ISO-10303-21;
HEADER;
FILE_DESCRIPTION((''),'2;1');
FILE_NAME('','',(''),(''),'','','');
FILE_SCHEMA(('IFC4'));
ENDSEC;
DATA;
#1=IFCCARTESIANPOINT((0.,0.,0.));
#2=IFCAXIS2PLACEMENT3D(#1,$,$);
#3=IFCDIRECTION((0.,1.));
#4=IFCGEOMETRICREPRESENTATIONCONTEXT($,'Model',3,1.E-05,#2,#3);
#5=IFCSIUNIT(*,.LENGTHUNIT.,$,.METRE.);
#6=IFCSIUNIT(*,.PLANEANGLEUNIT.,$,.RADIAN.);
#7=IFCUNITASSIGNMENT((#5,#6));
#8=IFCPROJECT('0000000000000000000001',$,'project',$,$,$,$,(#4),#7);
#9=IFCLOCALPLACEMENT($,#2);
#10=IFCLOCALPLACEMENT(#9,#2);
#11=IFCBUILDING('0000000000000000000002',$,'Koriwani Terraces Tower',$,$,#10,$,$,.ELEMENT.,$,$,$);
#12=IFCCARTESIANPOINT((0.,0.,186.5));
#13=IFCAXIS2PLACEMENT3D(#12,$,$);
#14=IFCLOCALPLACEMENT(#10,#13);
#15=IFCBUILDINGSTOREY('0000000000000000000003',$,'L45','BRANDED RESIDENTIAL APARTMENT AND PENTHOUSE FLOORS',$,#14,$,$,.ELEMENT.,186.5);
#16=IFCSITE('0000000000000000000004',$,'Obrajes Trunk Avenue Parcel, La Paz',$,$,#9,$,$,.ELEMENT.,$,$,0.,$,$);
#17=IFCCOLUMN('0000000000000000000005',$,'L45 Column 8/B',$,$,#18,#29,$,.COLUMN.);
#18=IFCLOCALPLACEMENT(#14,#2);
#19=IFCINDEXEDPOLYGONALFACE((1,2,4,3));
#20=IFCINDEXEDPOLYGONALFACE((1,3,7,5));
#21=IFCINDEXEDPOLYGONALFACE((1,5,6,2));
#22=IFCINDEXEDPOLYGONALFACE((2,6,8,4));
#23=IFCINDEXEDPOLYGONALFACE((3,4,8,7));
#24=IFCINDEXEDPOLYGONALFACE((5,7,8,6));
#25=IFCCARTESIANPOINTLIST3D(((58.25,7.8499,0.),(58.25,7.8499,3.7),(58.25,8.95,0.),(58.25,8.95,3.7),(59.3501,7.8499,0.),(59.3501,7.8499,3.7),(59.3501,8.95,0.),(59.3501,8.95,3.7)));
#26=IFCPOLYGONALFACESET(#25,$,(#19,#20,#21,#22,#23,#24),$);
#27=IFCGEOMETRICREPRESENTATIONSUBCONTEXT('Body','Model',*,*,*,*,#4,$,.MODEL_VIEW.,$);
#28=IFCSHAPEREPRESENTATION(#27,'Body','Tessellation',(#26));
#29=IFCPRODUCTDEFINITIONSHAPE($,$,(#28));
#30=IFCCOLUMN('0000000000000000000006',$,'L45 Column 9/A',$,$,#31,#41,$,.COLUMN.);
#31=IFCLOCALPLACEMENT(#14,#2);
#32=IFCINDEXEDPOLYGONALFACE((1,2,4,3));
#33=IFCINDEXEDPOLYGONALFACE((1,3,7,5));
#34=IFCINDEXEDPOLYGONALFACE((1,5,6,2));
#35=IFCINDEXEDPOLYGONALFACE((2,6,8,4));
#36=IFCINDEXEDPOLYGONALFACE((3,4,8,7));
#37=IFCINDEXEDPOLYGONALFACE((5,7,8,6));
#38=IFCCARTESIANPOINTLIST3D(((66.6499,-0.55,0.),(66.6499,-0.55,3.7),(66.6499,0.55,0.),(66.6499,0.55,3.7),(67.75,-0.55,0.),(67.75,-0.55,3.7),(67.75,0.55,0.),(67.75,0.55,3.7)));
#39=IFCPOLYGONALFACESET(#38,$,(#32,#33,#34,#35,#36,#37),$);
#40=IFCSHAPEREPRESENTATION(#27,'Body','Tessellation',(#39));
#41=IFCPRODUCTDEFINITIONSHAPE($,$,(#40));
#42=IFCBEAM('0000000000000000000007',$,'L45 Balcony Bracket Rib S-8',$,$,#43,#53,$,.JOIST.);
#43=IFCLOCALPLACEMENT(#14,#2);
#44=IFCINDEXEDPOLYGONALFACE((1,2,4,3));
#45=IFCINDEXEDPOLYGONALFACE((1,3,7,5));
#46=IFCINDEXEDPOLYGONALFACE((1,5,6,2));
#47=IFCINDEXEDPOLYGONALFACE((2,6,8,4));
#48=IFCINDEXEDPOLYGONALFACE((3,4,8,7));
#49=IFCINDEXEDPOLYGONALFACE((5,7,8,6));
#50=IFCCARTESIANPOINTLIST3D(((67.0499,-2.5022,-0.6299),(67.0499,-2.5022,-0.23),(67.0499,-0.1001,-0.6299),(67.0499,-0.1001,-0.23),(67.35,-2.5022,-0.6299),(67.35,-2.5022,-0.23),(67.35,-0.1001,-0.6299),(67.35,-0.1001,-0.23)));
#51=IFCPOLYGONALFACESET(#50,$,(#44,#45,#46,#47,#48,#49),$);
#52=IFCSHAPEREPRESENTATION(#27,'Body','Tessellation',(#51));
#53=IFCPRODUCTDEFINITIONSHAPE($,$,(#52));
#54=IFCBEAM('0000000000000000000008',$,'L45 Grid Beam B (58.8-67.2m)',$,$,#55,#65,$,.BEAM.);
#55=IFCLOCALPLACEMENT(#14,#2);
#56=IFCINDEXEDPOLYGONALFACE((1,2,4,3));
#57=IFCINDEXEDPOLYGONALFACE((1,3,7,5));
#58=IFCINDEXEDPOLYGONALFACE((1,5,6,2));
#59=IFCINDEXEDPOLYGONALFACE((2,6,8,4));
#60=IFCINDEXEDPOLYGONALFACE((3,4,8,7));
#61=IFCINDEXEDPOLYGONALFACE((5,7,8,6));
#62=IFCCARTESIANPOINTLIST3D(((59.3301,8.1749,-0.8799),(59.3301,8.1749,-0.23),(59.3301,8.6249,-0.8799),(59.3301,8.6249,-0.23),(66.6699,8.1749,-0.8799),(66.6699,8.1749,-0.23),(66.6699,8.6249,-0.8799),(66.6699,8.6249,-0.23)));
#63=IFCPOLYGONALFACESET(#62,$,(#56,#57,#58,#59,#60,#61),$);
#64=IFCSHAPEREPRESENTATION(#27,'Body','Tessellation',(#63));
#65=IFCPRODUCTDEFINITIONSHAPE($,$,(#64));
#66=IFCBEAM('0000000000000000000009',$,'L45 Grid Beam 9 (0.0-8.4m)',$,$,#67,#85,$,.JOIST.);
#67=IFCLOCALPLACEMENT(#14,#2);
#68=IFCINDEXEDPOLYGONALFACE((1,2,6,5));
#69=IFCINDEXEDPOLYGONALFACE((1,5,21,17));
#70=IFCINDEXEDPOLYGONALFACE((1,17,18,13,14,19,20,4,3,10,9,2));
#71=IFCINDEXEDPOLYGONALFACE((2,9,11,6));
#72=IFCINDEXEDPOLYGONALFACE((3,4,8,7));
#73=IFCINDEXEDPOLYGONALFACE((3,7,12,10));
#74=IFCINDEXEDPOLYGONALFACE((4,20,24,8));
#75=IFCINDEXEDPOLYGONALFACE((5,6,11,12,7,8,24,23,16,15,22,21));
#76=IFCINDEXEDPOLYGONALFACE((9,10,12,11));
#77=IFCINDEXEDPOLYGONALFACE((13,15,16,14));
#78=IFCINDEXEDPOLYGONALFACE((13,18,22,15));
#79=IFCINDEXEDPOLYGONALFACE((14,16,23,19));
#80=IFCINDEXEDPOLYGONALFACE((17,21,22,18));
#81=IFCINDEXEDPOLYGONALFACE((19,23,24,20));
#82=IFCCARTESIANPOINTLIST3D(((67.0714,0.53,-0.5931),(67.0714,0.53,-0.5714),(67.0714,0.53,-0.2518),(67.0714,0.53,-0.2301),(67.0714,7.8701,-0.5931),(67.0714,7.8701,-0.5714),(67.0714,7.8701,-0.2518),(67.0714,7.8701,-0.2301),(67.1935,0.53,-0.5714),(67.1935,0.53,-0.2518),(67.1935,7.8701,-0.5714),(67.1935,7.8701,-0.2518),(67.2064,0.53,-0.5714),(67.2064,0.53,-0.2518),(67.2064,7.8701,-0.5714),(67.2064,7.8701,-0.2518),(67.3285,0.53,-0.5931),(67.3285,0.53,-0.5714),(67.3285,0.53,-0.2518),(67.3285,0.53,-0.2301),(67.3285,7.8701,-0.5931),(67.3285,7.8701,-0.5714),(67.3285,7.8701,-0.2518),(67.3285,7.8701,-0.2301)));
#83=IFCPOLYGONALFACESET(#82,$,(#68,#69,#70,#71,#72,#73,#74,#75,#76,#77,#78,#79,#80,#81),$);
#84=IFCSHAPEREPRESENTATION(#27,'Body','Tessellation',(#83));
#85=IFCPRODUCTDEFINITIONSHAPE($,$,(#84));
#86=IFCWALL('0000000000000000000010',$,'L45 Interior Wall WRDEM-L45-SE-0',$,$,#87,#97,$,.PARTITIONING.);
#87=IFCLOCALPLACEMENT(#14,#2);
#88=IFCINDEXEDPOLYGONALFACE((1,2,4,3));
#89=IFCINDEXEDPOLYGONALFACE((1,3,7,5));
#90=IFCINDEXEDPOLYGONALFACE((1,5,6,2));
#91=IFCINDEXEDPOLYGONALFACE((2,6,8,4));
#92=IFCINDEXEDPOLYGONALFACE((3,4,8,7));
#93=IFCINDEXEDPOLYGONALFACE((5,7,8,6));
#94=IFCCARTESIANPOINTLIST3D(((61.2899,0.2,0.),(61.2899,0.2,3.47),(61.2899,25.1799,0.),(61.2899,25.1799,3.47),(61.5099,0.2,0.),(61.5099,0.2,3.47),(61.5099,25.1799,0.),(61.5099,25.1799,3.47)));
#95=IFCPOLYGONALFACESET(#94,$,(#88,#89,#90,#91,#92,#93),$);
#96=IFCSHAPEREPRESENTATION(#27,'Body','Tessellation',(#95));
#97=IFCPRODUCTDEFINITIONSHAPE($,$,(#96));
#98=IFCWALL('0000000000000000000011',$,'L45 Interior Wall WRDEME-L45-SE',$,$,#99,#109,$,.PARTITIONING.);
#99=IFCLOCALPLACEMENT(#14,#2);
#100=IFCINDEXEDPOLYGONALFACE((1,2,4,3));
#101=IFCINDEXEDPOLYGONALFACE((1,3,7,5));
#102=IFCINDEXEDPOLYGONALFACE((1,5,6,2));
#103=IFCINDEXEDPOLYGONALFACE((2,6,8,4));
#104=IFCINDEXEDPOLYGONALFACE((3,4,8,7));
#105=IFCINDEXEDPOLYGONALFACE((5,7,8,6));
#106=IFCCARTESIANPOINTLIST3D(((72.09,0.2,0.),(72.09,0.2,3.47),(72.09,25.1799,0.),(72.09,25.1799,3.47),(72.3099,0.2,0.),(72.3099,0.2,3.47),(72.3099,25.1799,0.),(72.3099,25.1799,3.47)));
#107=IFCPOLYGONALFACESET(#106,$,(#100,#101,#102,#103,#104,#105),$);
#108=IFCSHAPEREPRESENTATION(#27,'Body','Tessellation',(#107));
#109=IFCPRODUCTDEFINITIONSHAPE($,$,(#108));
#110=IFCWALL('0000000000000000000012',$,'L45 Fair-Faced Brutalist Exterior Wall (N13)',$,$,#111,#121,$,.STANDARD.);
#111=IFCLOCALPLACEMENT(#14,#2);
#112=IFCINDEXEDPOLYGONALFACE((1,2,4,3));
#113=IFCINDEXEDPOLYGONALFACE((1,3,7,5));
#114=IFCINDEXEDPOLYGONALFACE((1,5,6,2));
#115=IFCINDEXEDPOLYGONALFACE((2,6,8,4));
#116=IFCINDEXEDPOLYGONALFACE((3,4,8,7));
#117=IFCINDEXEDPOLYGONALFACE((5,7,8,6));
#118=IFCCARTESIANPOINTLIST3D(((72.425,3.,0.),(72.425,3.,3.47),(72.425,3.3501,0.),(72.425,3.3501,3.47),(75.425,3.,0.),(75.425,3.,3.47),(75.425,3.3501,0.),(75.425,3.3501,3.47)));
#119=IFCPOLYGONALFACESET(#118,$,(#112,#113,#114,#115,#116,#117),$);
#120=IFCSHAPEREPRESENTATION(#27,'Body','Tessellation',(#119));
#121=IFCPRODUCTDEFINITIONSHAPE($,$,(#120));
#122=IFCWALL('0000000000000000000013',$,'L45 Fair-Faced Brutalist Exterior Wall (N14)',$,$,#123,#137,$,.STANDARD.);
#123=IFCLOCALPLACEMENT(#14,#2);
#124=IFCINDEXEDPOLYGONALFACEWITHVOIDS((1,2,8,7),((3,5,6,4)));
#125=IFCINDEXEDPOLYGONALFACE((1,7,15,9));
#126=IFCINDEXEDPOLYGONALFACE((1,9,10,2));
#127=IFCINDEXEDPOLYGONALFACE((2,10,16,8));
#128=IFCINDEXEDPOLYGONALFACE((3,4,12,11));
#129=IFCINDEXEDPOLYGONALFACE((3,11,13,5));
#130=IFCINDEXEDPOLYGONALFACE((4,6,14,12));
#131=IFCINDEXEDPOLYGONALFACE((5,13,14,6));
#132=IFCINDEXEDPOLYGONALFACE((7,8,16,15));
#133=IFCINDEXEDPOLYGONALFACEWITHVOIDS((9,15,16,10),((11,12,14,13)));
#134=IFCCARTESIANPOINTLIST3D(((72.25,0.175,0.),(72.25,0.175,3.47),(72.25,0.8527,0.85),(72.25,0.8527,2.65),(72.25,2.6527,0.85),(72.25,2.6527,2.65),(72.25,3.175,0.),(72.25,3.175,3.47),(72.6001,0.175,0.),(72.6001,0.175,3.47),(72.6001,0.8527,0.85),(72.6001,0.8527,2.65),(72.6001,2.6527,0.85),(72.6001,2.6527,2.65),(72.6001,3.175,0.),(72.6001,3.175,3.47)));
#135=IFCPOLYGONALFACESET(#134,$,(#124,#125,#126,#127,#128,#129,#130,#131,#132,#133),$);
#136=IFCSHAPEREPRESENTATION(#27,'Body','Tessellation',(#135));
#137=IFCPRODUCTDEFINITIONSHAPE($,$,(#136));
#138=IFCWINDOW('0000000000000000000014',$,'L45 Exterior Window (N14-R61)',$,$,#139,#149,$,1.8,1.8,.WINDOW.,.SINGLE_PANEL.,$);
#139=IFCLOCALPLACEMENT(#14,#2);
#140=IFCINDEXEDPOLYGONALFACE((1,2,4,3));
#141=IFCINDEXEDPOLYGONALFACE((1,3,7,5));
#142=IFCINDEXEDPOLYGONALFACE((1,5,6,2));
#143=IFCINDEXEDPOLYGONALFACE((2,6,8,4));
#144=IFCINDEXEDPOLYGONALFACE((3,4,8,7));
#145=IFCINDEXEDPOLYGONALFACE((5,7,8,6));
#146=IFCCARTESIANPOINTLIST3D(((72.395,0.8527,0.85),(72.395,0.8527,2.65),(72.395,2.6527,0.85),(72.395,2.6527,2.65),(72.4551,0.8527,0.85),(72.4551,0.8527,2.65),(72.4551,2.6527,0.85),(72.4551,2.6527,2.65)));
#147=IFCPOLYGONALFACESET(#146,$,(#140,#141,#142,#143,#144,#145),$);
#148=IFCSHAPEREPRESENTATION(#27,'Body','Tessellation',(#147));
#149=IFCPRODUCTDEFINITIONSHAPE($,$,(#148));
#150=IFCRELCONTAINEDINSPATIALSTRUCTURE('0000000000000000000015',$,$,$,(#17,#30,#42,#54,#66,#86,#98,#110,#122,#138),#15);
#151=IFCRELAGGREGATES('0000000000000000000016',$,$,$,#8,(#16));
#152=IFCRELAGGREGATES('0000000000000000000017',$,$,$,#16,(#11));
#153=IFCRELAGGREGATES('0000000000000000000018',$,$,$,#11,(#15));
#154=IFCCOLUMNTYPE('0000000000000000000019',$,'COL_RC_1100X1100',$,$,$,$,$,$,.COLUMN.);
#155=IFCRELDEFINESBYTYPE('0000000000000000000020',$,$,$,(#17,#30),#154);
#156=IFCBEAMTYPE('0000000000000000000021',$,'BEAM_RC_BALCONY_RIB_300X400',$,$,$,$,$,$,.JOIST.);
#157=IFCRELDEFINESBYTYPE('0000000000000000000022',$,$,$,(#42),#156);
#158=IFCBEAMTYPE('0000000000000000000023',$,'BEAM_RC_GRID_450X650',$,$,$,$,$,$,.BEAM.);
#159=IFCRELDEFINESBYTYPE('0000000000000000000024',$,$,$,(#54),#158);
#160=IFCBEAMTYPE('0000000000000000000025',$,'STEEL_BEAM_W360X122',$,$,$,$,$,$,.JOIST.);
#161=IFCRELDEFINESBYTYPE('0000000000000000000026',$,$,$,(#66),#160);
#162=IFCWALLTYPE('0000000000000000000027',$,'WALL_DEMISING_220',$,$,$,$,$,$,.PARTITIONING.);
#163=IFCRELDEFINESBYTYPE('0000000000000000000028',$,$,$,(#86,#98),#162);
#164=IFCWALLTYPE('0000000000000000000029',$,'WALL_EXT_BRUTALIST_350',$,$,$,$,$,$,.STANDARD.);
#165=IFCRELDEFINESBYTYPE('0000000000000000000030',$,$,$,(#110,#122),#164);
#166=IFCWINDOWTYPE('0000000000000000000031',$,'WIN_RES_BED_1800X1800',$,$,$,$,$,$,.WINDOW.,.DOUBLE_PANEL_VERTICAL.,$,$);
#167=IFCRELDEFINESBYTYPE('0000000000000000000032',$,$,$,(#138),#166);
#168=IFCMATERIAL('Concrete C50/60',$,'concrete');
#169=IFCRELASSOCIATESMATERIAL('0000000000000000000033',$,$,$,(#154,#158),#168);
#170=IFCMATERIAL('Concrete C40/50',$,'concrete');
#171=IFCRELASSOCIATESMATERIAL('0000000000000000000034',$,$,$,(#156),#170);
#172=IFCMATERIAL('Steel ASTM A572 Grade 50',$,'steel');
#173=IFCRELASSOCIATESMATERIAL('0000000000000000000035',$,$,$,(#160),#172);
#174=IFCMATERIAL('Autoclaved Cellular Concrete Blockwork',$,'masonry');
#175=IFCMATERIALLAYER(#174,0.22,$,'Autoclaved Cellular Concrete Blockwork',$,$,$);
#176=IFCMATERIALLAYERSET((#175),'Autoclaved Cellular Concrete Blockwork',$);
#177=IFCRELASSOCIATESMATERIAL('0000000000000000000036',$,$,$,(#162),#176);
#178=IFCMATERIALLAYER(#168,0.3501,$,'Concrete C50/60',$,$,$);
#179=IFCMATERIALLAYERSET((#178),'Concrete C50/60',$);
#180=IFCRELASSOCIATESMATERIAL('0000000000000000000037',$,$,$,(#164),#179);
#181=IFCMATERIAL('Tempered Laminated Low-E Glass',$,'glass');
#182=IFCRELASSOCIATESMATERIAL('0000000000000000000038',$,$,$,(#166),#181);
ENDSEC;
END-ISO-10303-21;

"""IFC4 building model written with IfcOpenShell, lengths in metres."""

from ifc_helpers import new_model, si_unit, direction, frame, frame_2d, origin, origin_2d, place, context, subcontext, project, spatial, rectangle, i_section, extrude, material, layer, layer_set, material_profile, profile_set, type_object, element, fill, save


model = new_model("IFC4")

# Units and contexts
model_context = context("Model", 3, precision=1e-05, world=origin(), true_north=direction((0.0, 1.0)))
body_context = subcontext(model_context, "Body", "Model", "MODEL_VIEW")
ifc_project = project(units=[si_unit("LENGTHUNIT", "METRE"), si_unit("PLANEANGLEUNIT", "RADIAN")], contexts=[model_context])

# Site, building, storey
site_placement = place(None, origin())
site = spatial("IfcSite", under=ifc_project, at=site_placement, Name="Obrajes Trunk Avenue Parcel, La Paz", CompositionType="ELEMENT", RefElevation=0.0)
building_placement = place(site_placement, origin())
building = spatial("IfcBuilding", under=site, at=building_placement, Name="Koriwani Terraces Tower", CompositionType="ELEMENT")
storey_placement = place(building_placement, frame((0.0, 0.0, 186.5)))
storey = spatial("IfcBuildingStorey", under=building, at=storey_placement, Name="L45", Description="BRANDED RESIDENTIAL APARTMENT AND PENTHOUSE FLOORS", CompositionType="ELEMENT", Elevation=186.5)

# Columns
ifc_material_1 = material(Name="Concrete C50/60", Category="concrete")
ifc_material_profile_1 = material_profile(ifc_material_1, rectangle(XDim=1.1001, YDim=1.1001, at=origin_2d()), Name="Concrete C50/60", Category="LoadBearing")
ifc_profile_set_1 = profile_set([ifc_material_profile_1], Name="Concrete C50/60")
column_type = type_object("IfcColumnType", Name="COL_RC_1100X1100", PredefinedType="COLUMN", material=ifc_profile_set_1)
for number, where, z_axis, x_axis, name in (
    (1, (58.8, 8.3999, 0.0), (0.0, 0.0, 1.0), (1.0, 0.0, 0.0), "L45 Column 8/B"),
    (2, (67.2, 0.0, 0.0), (0.0, 0.0, 1.0), (1.0, 0.0, 0.0), "L45 Column 9/A"),
):
    element("IfcColumn", number, at=place(storey_placement, frame(where, z_axis=z_axis, x_axis=x_axis)), inside=storey, type_object=column_type, Name=name, PredefinedType="COLUMN", context=body_context, shape_type="SweptSolid", body=[
        extrude(rectangle(XDim=1.1001, YDim=1.1001, at=origin_2d()), origin(), (0.0, 0.0, 1.0), 3.7),
    ])

# Beams
ifc_material_2 = material(Name="Concrete C40/50", Category="concrete")
ifc_material_profile_2 = material_profile(ifc_material_2, rectangle(XDim=0.3, YDim=0.3999, at=origin_2d()), Name="Concrete C40/50", Category="LoadBearing")
ifc_profile_set_2 = profile_set([ifc_material_profile_2], Name="Concrete C40/50")
beam_type_1 = type_object("IfcBeamType", Name="BEAM_RC_BALCONY_RIB_300X400", PredefinedType="JOIST", material=ifc_profile_set_2)
beam_1_placement = place(storey_placement, frame((67.2, -2.5022, -0.4299), z_axis=(0.0, 1.0, 0.0), x_axis=(-1.0, 0.0, 0.0)))
element("IfcBeam", 3, at=beam_1_placement, inside=storey, type_object=beam_type_1, Name="L45 Balcony Bracket Rib S-8", PredefinedType="JOIST", context=body_context, shape_type="SweptSolid", body=[
    extrude(rectangle(XDim=0.3, YDim=0.3999, at=origin_2d()), origin(), (0.0, 0.0, 1.0), 2.4021),
])
ifc_material_profile_3 = material_profile(ifc_material_1, rectangle(XDim=0.45, YDim=0.6499, at=origin_2d()), Name="Concrete C50/60", Category="LoadBearing")
ifc_profile_set_3 = profile_set([ifc_material_profile_3], Name="Concrete C50/60")
beam_type_2 = type_object("IfcBeamType", Name="BEAM_RC_GRID_450X650", PredefinedType="BEAM", material=ifc_profile_set_3)
beam_2_placement = place(storey_placement, frame((59.3301, 8.3999, -0.5549), z_axis=(1.0, 0.0, 0.0), x_axis=(0.0, 1.0, 0.0)))
element("IfcBeam", 4, at=beam_2_placement, inside=storey, type_object=beam_type_2, Name="L45 Grid Beam B (58.8-67.2m)", PredefinedType="BEAM", context=body_context, shape_type="SweptSolid", body=[
    extrude(rectangle(XDim=0.45, YDim=0.6499, at=origin_2d()), origin(), (0.0, 0.0, 1.0), 7.3398),
])
ifc_material_3 = material(Name="Steel ASTM A572 Grade 50", Category="steel")
ifc_material_profile_4 = material_profile(ifc_material_3, i_section(OverallWidth=0.2571, OverallDepth=0.363, WebThickness=0.0129, FlangeThickness=0.0217, at=origin_2d()), Name="Steel ASTM A572 Grade 50", Category="LoadBearing")
ifc_profile_set_4 = profile_set([ifc_material_profile_4], Name="Steel ASTM A572 Grade 50")
beam_type_3 = type_object("IfcBeamType", Name="STEEL_BEAM_W360X122", PredefinedType="JOIST", material=ifc_profile_set_4)
beam_3_placement = place(storey_placement, frame((67.2, 0.53, -0.4116), z_axis=(0.0, 1.0, 0.0), x_axis=(-1.0, 0.0, 0.0)))
element("IfcBeam", 5, at=beam_3_placement, inside=storey, type_object=beam_type_3, Name="L45 Grid Beam 9 (0.0-8.4m)", PredefinedType="JOIST", context=body_context, shape_type="SweptSolid", body=[
    extrude(i_section(OverallWidth=0.2571, OverallDepth=0.363, WebThickness=0.0129, FlangeThickness=0.0217, at=origin_2d()), origin(), (0.0, 0.0, 1.0), 7.3401),
])

# Walls
ifc_material_4 = material(Name="Autoclaved Cellular Concrete Blockwork", Category="masonry")
ifc_layer_1 = layer(ifc_material_4, 0.22, Name="Autoclaved Cellular Concrete Blockwork")
ifc_layer_set_1 = layer_set([ifc_layer_1], Name="Autoclaved Cellular Concrete Blockwork")
wall_type_1 = type_object("IfcWallType", Name="WALL_DEMISING_220", PredefinedType="PARTITIONING", material=ifc_layer_set_1)
for number, where, z_axis, x_axis, name in (
    (6, (61.3999, 0.2, 0.0), (0.0, 0.0, 1.0), (0.0, 1.0, 0.0), "L45 Interior Wall WRDEM-L45-SE-0"),
    (7, (72.2, 0.2, 0.0), (0.0, 0.0, 1.0), (0.0, 1.0, 0.0), "L45 Interior Wall WRDEME-L45-SE"),
):
    element("IfcWall", number, at=place(storey_placement, frame(where, z_axis=z_axis, x_axis=x_axis)), inside=storey, type_object=wall_type_1, Name=name, PredefinedType="PARTITIONING", context=body_context, shape_type="SweptSolid", body=[
        extrude(rectangle(XDim=24.98, YDim=0.22, at=frame_2d((12.49, 0.0))), origin(), (0.0, 0.0, 1.0), 3.47),
    ])
ifc_layer_2 = layer(ifc_material_1, 0.3501, Name="Concrete C50/60")
ifc_layer_set_2 = layer_set([ifc_layer_2], Name="Concrete C50/60")
wall_type_2 = type_object("IfcWallType", Name="WALL_EXT_BRUTALIST_350", PredefinedType="STANDARD", material=ifc_layer_set_2)
wall_1_placement = place(storey_placement, frame((75.425, 3.175, 0.0), z_axis=(0.0, 0.0, 1.0), x_axis=(-1.0, 0.0, 0.0)))
element("IfcWall", 8, at=wall_1_placement, inside=storey, type_object=wall_type_2, Name="L45 Fair-Faced Brutalist Exterior Wall (N13)", PredefinedType="STANDARD", context=body_context, shape_type="SweptSolid", body=[
    extrude(rectangle(XDim=3.0, YDim=0.3501, at=frame_2d((1.5, 0.0))), origin(), (0.0, 0.0, 1.0), 3.47),
])

# Wall, opening, window
wall_2_placement = place(storey_placement, frame((72.425, 3.175, 0.0), z_axis=(0.0, 0.0, 1.0), x_axis=(0.0, -1.0, 0.0)))
wall_2 = element("IfcWall", 9, at=wall_2_placement, inside=storey, type_object=wall_type_2, Name="L45 Fair-Faced Brutalist Exterior Wall (N14)", PredefinedType="STANDARD", context=body_context, shape_type="SweptSolid", body=[
    extrude(rectangle(XDim=3.0, YDim=0.3501, at=frame_2d((1.5, 0.0))), origin(), (0.0, 0.0, 1.0), 3.47),
])
opening_1_placement = place(wall_2_placement, frame((0.5225, 0.0, 0.8501)))
opening_1 = element("IfcOpeningElement", 10, at=opening_1_placement, cuts=wall_2, PredefinedType="OPENING", context=body_context, shape_type="SweptSolid", body=[
    extrude(rectangle(XDim=1.8, YDim=1.8, at=frame_2d((0.8999, 0.8999))), frame((0.0, 0.1851, 0.0), z_axis=(0.0, -1.0, 0.0), x_axis=(1.0, 0.0, 0.0)), (0.0, 0.0, 1.0), 0.3701),
])
ifc_material_5 = material(Name="Tempered Laminated Low-E Glass", Category="glass")
window_type_1 = type_object("IfcWindowType", Name="WIN_RES_BED_1800X1800", PartitioningType="DOUBLE_PANEL_VERTICAL", PredefinedType="WINDOW", material=ifc_material_5)
window_1_placement = place(opening_1_placement, origin())
window_1 = element("IfcWindow", 11, at=window_1_placement, inside=storey, type_object=window_type_1, Name="L45 Exterior Window (N14-R61)", OverallHeight=1.8, OverallWidth=1.8, PartitioningType="SINGLE_PANEL", PredefinedType="WINDOW", context=body_context, shape_type="SweptSolid", body=[
    extrude(rectangle(XDim=1.8, YDim=1.8, at=frame_2d((0.8999, 0.8999))), frame((0.0, 0.03, 0.0), z_axis=(0.0, -1.0, 0.0), x_axis=(1.0, 0.0, 0.0)), (0.0, 0.0, 1.0), 0.0601),
])
fill(opening_1, window_1)

save(model, "model.ifc")
